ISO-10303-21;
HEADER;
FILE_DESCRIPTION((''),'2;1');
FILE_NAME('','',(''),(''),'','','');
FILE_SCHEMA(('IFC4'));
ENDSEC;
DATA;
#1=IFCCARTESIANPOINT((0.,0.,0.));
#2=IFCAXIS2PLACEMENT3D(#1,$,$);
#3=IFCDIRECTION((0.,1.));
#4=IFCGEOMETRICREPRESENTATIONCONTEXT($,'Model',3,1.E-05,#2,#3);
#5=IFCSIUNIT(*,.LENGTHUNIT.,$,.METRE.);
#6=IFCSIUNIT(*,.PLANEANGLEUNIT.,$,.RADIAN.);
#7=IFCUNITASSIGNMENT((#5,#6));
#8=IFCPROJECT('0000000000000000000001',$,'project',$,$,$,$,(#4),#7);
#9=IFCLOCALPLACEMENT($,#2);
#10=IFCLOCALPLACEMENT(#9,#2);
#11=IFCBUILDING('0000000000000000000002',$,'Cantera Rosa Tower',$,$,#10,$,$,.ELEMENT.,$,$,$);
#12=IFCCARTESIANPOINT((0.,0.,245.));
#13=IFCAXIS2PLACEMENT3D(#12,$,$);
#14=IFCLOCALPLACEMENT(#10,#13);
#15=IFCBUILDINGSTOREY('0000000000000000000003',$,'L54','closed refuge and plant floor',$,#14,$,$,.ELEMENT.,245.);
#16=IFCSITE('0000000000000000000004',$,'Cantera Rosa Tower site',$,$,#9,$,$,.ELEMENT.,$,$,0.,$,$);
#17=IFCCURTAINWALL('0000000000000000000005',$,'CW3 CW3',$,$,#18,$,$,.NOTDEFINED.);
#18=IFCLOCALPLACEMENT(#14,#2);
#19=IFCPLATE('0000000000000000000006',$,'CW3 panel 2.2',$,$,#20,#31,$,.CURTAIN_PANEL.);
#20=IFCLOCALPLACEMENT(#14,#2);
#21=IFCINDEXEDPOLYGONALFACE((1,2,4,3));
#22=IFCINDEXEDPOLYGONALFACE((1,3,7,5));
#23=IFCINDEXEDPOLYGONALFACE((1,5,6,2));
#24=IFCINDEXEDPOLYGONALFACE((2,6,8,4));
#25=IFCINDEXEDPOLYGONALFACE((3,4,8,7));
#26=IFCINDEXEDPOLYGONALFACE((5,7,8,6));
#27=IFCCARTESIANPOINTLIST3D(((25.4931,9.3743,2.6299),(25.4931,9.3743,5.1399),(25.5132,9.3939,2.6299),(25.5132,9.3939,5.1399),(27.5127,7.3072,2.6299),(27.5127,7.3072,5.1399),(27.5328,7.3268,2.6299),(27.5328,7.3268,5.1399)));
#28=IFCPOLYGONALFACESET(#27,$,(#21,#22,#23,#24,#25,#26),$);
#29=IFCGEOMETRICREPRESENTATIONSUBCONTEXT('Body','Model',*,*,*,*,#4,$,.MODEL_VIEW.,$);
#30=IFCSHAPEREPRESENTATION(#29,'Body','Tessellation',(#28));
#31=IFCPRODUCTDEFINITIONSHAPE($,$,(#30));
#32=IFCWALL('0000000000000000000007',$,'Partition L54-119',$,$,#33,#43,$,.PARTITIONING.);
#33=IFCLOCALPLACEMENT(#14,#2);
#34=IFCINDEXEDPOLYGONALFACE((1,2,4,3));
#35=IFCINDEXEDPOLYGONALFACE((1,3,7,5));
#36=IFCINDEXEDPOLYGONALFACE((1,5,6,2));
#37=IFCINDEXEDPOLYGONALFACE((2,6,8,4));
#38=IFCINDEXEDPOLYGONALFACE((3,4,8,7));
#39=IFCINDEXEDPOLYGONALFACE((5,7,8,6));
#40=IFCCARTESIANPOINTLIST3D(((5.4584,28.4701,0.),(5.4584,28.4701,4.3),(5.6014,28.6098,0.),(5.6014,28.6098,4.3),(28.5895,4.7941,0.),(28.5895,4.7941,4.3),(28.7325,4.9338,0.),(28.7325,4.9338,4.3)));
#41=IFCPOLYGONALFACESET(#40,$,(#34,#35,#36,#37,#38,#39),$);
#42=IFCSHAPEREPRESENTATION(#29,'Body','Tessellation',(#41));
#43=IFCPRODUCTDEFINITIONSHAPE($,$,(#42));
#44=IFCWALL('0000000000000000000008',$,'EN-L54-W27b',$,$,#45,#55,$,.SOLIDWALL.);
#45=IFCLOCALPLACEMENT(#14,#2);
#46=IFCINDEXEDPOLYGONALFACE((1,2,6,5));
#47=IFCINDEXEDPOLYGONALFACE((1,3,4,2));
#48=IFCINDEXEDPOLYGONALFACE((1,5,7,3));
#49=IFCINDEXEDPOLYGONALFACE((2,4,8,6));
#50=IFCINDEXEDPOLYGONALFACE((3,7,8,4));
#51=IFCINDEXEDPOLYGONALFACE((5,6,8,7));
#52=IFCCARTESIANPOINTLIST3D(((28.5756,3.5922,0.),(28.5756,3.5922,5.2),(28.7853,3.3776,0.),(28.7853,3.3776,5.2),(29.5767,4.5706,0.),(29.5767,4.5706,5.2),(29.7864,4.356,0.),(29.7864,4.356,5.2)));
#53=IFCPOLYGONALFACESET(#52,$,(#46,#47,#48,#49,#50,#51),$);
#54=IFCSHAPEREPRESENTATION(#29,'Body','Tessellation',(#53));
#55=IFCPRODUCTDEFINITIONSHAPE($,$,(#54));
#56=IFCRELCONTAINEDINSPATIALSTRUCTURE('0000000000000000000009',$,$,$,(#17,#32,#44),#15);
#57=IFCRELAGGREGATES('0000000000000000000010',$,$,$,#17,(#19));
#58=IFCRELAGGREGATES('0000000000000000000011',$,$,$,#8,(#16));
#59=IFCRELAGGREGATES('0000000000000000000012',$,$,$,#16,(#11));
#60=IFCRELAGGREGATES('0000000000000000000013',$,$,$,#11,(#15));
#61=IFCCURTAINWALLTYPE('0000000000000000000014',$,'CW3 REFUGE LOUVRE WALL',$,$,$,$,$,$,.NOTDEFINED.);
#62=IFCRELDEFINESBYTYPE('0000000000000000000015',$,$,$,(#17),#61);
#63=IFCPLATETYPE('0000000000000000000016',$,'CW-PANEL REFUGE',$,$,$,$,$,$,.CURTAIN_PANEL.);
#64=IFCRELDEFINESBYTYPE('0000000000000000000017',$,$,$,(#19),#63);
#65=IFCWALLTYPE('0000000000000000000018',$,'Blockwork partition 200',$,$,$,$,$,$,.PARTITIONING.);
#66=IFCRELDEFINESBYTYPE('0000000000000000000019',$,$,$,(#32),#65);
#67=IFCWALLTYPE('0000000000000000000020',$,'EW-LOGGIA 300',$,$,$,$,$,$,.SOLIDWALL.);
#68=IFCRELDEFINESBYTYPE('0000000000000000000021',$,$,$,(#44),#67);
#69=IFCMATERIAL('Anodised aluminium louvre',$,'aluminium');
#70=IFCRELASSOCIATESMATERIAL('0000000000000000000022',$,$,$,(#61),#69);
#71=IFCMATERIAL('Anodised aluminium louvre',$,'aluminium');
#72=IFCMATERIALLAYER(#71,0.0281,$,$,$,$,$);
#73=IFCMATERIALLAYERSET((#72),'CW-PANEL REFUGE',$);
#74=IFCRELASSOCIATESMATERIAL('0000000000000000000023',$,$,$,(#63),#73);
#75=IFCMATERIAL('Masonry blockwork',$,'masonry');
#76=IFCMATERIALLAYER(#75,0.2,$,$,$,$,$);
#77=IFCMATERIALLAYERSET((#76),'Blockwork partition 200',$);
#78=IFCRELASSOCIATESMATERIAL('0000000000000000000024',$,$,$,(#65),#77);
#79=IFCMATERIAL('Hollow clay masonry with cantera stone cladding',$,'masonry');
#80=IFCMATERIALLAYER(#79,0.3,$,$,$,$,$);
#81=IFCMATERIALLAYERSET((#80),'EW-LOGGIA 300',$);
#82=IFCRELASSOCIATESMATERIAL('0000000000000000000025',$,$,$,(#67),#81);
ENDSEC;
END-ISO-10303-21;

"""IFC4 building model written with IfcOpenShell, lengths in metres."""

from ifc_helpers import new_model, si_unit, direction, frame, frame_2d, origin, origin_2d, place, context, subcontext, project, spatial, rectangle, extrude, material, layer, layer_set, type_object, element, aggregate, save


model = new_model("IFC4")

# Units and contexts
model_context = context("Model", 3, precision=1e-05, world=origin(), true_north=direction((0.0, 1.0)))
body_context = subcontext(model_context, "Body", "Model", "MODEL_VIEW")
ifc_project = project(units=[si_unit("LENGTHUNIT", "METRE"), si_unit("PLANEANGLEUNIT", "RADIAN")], contexts=[model_context])

# Site, building, storey
site_placement = place(None, origin())
site = spatial("IfcSite", under=ifc_project, at=site_placement, Name="Cantera Rosa Tower site", CompositionType="ELEMENT", RefElevation=0.0)
building_placement = place(site_placement, origin())
building = spatial("IfcBuilding", under=site, at=building_placement, Name="Cantera Rosa Tower", CompositionType="ELEMENT")
storey_placement = place(building_placement, frame((0.0, 0.0, 245.0)))
storey = spatial("IfcBuildingStorey", under=building, at=storey_placement, Name="L54", Description="closed refuge and plant floor", CompositionType="ELEMENT", Elevation=245.0)

# Curtain wall
ifc_material_1 = material(Name="Anodised aluminium louvre", Category="aluminium")
curtain_wall_type = type_object("IfcCurtainWallType", Name="CW3 REFUGE LOUVRE WALL", PredefinedType="NOTDEFINED", material=ifc_material_1)
curtain_wall_placement = place(storey_placement, origin())
curtain_wall = element("IfcCurtainWall", 1, at=curtain_wall_placement, inside=storey, type_object=curtain_wall_type, Name="CW3 CW3", PredefinedType="NOTDEFINED")

# Plate
ifc_material_2 = material(Name="Anodised aluminium louvre", Category="aluminium")
ifc_layer_1 = layer(ifc_material_2, 0.0281)
ifc_layer_set_1 = layer_set([ifc_layer_1], Name="CW-PANEL REFUGE")
plate_type = type_object("IfcPlateType", Name="CW-PANEL REFUGE", PredefinedType="CURTAIN_PANEL", material=ifc_layer_set_1)
plate_1_placement = place(storey_placement, frame((26.5129, 8.3506, 2.6299), z_axis=(0.0, 0.0, 1.0), x_axis=(-0.698832, 0.715286, 0.0)))
plate_1 = element("IfcPlate", 2, at=plate_1_placement, type_object=plate_type, Name="CW3 panel 2.2", PredefinedType="CURTAIN_PANEL", context=body_context, shape_type="SweptSolid", body=[
    extrude(rectangle(XDim=2.8899, YDim=0.0281, at=origin_2d()), origin(), (0.0, 0.0, 1.0), 2.51),
])
aggregate(curtain_wall, [plate_1])

# Walls
ifc_material_3 = material(Name="Masonry blockwork", Category="masonry")
ifc_layer_2 = layer(ifc_material_3, 0.2)
ifc_layer_set_2 = layer_set([ifc_layer_2], Name="Blockwork partition 200")
wall_type_1 = type_object("IfcWallType", Name="Blockwork partition 200", PredefinedType="PARTITIONING", material=ifc_layer_set_2)
wall_1_placement = place(storey_placement, frame((28.6609, 4.864, 0.0), z_axis=(0.0, 0.0, 1.0), x_axis=(-0.698827, 0.71529, 0.0)))
element("IfcWall", 3, at=wall_1_placement, inside=storey, type_object=wall_type_1, Name="Partition L54-119", PredefinedType="PARTITIONING", context=body_context, shape_type="SweptSolid", body=[
    extrude(rectangle(XDim=33.0999, YDim=0.2, at=frame_2d((16.5498, 0.0))), origin(), (0.0, 0.0, 1.0), 4.3),
])
ifc_material_4 = material(Name="Hollow clay masonry with cantera stone cladding", Category="masonry")
ifc_layer_3 = layer(ifc_material_4, 0.3)
ifc_layer_set_3 = layer_set([ifc_layer_3], Name="EW-LOGGIA 300")
wall_type_2 = type_object("IfcWallType", Name="EW-LOGGIA 300", PredefinedType="SOLIDWALL", material=ifc_layer_set_3)
wall_2_placement = place(storey_placement, frame((28.6804, 3.4849, 0.0), z_axis=(0.0, 0.0, 1.0), x_axis=(0.715169, 0.698951, 0.0)))
element("IfcWall", 4, at=wall_2_placement, inside=storey, type_object=wall_type_2, Name="EN-L54-W27b", PredefinedType="SOLIDWALL", context=body_context, shape_type="SweptSolid", body=[
    extrude(rectangle(XDim=1.3999, YDim=0.3, at=frame_2d((0.7, 0.0))), origin(), (0.0, 0.0, 1.0), 5.2),
])

save(model, "model.ifc")
